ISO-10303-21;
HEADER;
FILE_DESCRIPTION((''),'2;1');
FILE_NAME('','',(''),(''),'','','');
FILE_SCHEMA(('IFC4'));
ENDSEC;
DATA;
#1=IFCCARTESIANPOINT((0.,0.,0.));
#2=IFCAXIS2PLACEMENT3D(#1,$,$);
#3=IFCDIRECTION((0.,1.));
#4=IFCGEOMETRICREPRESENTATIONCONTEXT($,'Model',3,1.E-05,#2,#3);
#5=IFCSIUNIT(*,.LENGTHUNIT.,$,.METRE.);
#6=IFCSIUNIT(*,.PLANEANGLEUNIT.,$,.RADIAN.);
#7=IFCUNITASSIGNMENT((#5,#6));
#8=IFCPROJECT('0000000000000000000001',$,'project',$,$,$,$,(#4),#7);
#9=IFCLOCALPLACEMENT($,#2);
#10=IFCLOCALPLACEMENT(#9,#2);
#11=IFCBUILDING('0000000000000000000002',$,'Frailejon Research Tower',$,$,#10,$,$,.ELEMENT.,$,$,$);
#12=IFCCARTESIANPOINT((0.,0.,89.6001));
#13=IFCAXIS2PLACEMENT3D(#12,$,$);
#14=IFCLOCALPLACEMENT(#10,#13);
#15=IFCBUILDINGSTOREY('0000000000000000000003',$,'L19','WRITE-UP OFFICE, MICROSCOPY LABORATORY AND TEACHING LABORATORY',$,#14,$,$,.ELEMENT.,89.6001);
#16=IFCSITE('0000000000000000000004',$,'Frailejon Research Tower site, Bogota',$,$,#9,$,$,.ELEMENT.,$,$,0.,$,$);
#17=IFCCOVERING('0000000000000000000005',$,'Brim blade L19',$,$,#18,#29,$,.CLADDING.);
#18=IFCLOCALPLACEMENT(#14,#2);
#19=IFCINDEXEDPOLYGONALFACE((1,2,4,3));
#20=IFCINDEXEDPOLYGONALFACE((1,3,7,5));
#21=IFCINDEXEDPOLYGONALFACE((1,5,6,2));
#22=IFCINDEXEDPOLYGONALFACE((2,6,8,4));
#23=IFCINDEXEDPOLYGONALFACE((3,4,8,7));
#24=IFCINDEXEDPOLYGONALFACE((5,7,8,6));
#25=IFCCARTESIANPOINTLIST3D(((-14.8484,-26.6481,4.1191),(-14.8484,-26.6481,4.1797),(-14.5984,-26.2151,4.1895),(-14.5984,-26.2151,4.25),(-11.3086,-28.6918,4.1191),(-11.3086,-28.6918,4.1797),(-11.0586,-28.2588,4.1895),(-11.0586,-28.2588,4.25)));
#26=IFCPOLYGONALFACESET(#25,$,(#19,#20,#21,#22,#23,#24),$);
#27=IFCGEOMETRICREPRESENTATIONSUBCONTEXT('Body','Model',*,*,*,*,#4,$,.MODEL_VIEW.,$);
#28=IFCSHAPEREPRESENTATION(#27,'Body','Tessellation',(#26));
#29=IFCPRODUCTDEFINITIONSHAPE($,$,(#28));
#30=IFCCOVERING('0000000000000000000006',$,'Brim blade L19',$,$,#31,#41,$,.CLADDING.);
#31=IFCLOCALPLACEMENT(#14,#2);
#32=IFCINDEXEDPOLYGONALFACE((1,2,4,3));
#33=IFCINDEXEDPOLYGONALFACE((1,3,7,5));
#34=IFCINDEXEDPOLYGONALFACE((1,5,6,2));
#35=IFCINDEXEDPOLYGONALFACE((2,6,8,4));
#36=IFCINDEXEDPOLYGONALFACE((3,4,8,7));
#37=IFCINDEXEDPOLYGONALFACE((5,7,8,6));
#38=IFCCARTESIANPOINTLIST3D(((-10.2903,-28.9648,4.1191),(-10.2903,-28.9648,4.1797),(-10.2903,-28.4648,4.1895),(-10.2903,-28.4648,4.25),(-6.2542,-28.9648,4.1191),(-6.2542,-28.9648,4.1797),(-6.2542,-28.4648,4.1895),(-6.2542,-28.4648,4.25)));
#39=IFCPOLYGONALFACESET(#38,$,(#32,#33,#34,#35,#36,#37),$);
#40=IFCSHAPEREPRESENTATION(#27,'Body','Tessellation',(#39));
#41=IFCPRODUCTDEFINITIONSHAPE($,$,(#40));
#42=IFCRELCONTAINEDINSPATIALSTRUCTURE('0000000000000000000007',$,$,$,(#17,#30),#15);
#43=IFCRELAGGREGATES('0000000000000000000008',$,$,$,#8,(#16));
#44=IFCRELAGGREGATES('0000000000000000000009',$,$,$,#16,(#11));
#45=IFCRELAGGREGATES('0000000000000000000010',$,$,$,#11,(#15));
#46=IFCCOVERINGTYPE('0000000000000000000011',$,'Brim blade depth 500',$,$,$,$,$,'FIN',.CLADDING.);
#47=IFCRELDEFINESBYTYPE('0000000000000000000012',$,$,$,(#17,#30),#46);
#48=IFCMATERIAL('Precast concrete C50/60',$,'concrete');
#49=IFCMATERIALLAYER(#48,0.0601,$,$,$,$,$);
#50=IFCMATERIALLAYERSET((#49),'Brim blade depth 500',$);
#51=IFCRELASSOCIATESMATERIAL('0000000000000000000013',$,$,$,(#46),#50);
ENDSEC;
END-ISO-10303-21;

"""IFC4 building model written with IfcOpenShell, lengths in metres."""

from ifc_helpers import new_model, si_unit, direction, frame, origin, place, context, subcontext, project, spatial, polyline, outline, extrude, material, layer, layer_set, type_object, element, save


model = new_model("IFC4")

# Units and contexts
model_context = context("Model", 3, precision=1e-05, world=origin(), true_north=direction((0.0, 1.0)))
body_context = subcontext(model_context, "Body", "Model", "MODEL_VIEW")
ifc_project = project(units=[si_unit("LENGTHUNIT", "METRE"), si_unit("PLANEANGLEUNIT", "RADIAN")], contexts=[model_context])

# Site, building, storey
site_placement = place(None, origin())
site = spatial("IfcSite", under=ifc_project, at=site_placement, Name="Frailejon Research Tower site, Bogota", CompositionType="ELEMENT", RefElevation=0.0)
building_placement = place(site_placement, origin())
building = spatial("IfcBuilding", under=site, at=building_placement, Name="Frailejon Research Tower", CompositionType="ELEMENT")
storey_placement = place(building_placement, frame((0.0, 0.0, 89.6001)))
storey = spatial("IfcBuildingStorey", under=building, at=storey_placement, Name="L19", Description="WRITE-UP OFFICE, MICROSCOPY LABORATORY AND TEACHING LABORATORY", CompositionType="ELEMENT", Elevation=89.6001)

# Coverings
ifc_material_1 = material(Name="Precast concrete C50/60", Category="concrete")
ifc_layer_1 = layer(ifc_material_1, 0.0601)
ifc_layer_set_1 = layer_set([ifc_layer_1], Name="Brim blade depth 500")
covering_type_1 = type_object("IfcCoveringType", Name="Brim blade depth 500", ElementType="FIN", PredefinedType="CLADDING", material=ifc_layer_set_1)
covering_1_placement = place(storey_placement, frame((-11.0586, -28.2588, 4.25), z_axis=(-0.866021, 0.500007, 0.0), x_axis=(-0.500007, -0.866021, 0.0)))
element("IfcCovering", 1, at=covering_1_placement, inside=storey, type_object=covering_type_1, Name="Brim blade L19", PredefinedType="CLADDING", context=body_context, shape_type="SweptSolid", body=[
    extrude(outline(polyline([(0.0, -0.0605), (0.5, -0.1309), (0.5, -0.0703), (0.0, 0.0), (0.0, -0.0605)])), origin(), (0.0, 0.0, 1.0), 4.0874),
])
covering_2_placement = place(storey_placement, frame((-6.2542, -28.4648, 4.25), z_axis=(-1.0, 0.0, 0.0), x_axis=(0.0, -1.0, 0.0)))
element("IfcCovering", 2, at=covering_2_placement, inside=storey, type_object=covering_type_1, Name="Brim blade L19", PredefinedType="CLADDING", context=body_context, shape_type="SweptSolid", body=[
    extrude(outline(polyline([(0.0, -0.0605), (0.5, -0.1309), (0.5, -0.0703), (0.0, 0.0), (0.0, -0.0605)])), origin(), (0.0, 0.0, 1.0), 4.0361),
])

save(model, "model.ifc")
